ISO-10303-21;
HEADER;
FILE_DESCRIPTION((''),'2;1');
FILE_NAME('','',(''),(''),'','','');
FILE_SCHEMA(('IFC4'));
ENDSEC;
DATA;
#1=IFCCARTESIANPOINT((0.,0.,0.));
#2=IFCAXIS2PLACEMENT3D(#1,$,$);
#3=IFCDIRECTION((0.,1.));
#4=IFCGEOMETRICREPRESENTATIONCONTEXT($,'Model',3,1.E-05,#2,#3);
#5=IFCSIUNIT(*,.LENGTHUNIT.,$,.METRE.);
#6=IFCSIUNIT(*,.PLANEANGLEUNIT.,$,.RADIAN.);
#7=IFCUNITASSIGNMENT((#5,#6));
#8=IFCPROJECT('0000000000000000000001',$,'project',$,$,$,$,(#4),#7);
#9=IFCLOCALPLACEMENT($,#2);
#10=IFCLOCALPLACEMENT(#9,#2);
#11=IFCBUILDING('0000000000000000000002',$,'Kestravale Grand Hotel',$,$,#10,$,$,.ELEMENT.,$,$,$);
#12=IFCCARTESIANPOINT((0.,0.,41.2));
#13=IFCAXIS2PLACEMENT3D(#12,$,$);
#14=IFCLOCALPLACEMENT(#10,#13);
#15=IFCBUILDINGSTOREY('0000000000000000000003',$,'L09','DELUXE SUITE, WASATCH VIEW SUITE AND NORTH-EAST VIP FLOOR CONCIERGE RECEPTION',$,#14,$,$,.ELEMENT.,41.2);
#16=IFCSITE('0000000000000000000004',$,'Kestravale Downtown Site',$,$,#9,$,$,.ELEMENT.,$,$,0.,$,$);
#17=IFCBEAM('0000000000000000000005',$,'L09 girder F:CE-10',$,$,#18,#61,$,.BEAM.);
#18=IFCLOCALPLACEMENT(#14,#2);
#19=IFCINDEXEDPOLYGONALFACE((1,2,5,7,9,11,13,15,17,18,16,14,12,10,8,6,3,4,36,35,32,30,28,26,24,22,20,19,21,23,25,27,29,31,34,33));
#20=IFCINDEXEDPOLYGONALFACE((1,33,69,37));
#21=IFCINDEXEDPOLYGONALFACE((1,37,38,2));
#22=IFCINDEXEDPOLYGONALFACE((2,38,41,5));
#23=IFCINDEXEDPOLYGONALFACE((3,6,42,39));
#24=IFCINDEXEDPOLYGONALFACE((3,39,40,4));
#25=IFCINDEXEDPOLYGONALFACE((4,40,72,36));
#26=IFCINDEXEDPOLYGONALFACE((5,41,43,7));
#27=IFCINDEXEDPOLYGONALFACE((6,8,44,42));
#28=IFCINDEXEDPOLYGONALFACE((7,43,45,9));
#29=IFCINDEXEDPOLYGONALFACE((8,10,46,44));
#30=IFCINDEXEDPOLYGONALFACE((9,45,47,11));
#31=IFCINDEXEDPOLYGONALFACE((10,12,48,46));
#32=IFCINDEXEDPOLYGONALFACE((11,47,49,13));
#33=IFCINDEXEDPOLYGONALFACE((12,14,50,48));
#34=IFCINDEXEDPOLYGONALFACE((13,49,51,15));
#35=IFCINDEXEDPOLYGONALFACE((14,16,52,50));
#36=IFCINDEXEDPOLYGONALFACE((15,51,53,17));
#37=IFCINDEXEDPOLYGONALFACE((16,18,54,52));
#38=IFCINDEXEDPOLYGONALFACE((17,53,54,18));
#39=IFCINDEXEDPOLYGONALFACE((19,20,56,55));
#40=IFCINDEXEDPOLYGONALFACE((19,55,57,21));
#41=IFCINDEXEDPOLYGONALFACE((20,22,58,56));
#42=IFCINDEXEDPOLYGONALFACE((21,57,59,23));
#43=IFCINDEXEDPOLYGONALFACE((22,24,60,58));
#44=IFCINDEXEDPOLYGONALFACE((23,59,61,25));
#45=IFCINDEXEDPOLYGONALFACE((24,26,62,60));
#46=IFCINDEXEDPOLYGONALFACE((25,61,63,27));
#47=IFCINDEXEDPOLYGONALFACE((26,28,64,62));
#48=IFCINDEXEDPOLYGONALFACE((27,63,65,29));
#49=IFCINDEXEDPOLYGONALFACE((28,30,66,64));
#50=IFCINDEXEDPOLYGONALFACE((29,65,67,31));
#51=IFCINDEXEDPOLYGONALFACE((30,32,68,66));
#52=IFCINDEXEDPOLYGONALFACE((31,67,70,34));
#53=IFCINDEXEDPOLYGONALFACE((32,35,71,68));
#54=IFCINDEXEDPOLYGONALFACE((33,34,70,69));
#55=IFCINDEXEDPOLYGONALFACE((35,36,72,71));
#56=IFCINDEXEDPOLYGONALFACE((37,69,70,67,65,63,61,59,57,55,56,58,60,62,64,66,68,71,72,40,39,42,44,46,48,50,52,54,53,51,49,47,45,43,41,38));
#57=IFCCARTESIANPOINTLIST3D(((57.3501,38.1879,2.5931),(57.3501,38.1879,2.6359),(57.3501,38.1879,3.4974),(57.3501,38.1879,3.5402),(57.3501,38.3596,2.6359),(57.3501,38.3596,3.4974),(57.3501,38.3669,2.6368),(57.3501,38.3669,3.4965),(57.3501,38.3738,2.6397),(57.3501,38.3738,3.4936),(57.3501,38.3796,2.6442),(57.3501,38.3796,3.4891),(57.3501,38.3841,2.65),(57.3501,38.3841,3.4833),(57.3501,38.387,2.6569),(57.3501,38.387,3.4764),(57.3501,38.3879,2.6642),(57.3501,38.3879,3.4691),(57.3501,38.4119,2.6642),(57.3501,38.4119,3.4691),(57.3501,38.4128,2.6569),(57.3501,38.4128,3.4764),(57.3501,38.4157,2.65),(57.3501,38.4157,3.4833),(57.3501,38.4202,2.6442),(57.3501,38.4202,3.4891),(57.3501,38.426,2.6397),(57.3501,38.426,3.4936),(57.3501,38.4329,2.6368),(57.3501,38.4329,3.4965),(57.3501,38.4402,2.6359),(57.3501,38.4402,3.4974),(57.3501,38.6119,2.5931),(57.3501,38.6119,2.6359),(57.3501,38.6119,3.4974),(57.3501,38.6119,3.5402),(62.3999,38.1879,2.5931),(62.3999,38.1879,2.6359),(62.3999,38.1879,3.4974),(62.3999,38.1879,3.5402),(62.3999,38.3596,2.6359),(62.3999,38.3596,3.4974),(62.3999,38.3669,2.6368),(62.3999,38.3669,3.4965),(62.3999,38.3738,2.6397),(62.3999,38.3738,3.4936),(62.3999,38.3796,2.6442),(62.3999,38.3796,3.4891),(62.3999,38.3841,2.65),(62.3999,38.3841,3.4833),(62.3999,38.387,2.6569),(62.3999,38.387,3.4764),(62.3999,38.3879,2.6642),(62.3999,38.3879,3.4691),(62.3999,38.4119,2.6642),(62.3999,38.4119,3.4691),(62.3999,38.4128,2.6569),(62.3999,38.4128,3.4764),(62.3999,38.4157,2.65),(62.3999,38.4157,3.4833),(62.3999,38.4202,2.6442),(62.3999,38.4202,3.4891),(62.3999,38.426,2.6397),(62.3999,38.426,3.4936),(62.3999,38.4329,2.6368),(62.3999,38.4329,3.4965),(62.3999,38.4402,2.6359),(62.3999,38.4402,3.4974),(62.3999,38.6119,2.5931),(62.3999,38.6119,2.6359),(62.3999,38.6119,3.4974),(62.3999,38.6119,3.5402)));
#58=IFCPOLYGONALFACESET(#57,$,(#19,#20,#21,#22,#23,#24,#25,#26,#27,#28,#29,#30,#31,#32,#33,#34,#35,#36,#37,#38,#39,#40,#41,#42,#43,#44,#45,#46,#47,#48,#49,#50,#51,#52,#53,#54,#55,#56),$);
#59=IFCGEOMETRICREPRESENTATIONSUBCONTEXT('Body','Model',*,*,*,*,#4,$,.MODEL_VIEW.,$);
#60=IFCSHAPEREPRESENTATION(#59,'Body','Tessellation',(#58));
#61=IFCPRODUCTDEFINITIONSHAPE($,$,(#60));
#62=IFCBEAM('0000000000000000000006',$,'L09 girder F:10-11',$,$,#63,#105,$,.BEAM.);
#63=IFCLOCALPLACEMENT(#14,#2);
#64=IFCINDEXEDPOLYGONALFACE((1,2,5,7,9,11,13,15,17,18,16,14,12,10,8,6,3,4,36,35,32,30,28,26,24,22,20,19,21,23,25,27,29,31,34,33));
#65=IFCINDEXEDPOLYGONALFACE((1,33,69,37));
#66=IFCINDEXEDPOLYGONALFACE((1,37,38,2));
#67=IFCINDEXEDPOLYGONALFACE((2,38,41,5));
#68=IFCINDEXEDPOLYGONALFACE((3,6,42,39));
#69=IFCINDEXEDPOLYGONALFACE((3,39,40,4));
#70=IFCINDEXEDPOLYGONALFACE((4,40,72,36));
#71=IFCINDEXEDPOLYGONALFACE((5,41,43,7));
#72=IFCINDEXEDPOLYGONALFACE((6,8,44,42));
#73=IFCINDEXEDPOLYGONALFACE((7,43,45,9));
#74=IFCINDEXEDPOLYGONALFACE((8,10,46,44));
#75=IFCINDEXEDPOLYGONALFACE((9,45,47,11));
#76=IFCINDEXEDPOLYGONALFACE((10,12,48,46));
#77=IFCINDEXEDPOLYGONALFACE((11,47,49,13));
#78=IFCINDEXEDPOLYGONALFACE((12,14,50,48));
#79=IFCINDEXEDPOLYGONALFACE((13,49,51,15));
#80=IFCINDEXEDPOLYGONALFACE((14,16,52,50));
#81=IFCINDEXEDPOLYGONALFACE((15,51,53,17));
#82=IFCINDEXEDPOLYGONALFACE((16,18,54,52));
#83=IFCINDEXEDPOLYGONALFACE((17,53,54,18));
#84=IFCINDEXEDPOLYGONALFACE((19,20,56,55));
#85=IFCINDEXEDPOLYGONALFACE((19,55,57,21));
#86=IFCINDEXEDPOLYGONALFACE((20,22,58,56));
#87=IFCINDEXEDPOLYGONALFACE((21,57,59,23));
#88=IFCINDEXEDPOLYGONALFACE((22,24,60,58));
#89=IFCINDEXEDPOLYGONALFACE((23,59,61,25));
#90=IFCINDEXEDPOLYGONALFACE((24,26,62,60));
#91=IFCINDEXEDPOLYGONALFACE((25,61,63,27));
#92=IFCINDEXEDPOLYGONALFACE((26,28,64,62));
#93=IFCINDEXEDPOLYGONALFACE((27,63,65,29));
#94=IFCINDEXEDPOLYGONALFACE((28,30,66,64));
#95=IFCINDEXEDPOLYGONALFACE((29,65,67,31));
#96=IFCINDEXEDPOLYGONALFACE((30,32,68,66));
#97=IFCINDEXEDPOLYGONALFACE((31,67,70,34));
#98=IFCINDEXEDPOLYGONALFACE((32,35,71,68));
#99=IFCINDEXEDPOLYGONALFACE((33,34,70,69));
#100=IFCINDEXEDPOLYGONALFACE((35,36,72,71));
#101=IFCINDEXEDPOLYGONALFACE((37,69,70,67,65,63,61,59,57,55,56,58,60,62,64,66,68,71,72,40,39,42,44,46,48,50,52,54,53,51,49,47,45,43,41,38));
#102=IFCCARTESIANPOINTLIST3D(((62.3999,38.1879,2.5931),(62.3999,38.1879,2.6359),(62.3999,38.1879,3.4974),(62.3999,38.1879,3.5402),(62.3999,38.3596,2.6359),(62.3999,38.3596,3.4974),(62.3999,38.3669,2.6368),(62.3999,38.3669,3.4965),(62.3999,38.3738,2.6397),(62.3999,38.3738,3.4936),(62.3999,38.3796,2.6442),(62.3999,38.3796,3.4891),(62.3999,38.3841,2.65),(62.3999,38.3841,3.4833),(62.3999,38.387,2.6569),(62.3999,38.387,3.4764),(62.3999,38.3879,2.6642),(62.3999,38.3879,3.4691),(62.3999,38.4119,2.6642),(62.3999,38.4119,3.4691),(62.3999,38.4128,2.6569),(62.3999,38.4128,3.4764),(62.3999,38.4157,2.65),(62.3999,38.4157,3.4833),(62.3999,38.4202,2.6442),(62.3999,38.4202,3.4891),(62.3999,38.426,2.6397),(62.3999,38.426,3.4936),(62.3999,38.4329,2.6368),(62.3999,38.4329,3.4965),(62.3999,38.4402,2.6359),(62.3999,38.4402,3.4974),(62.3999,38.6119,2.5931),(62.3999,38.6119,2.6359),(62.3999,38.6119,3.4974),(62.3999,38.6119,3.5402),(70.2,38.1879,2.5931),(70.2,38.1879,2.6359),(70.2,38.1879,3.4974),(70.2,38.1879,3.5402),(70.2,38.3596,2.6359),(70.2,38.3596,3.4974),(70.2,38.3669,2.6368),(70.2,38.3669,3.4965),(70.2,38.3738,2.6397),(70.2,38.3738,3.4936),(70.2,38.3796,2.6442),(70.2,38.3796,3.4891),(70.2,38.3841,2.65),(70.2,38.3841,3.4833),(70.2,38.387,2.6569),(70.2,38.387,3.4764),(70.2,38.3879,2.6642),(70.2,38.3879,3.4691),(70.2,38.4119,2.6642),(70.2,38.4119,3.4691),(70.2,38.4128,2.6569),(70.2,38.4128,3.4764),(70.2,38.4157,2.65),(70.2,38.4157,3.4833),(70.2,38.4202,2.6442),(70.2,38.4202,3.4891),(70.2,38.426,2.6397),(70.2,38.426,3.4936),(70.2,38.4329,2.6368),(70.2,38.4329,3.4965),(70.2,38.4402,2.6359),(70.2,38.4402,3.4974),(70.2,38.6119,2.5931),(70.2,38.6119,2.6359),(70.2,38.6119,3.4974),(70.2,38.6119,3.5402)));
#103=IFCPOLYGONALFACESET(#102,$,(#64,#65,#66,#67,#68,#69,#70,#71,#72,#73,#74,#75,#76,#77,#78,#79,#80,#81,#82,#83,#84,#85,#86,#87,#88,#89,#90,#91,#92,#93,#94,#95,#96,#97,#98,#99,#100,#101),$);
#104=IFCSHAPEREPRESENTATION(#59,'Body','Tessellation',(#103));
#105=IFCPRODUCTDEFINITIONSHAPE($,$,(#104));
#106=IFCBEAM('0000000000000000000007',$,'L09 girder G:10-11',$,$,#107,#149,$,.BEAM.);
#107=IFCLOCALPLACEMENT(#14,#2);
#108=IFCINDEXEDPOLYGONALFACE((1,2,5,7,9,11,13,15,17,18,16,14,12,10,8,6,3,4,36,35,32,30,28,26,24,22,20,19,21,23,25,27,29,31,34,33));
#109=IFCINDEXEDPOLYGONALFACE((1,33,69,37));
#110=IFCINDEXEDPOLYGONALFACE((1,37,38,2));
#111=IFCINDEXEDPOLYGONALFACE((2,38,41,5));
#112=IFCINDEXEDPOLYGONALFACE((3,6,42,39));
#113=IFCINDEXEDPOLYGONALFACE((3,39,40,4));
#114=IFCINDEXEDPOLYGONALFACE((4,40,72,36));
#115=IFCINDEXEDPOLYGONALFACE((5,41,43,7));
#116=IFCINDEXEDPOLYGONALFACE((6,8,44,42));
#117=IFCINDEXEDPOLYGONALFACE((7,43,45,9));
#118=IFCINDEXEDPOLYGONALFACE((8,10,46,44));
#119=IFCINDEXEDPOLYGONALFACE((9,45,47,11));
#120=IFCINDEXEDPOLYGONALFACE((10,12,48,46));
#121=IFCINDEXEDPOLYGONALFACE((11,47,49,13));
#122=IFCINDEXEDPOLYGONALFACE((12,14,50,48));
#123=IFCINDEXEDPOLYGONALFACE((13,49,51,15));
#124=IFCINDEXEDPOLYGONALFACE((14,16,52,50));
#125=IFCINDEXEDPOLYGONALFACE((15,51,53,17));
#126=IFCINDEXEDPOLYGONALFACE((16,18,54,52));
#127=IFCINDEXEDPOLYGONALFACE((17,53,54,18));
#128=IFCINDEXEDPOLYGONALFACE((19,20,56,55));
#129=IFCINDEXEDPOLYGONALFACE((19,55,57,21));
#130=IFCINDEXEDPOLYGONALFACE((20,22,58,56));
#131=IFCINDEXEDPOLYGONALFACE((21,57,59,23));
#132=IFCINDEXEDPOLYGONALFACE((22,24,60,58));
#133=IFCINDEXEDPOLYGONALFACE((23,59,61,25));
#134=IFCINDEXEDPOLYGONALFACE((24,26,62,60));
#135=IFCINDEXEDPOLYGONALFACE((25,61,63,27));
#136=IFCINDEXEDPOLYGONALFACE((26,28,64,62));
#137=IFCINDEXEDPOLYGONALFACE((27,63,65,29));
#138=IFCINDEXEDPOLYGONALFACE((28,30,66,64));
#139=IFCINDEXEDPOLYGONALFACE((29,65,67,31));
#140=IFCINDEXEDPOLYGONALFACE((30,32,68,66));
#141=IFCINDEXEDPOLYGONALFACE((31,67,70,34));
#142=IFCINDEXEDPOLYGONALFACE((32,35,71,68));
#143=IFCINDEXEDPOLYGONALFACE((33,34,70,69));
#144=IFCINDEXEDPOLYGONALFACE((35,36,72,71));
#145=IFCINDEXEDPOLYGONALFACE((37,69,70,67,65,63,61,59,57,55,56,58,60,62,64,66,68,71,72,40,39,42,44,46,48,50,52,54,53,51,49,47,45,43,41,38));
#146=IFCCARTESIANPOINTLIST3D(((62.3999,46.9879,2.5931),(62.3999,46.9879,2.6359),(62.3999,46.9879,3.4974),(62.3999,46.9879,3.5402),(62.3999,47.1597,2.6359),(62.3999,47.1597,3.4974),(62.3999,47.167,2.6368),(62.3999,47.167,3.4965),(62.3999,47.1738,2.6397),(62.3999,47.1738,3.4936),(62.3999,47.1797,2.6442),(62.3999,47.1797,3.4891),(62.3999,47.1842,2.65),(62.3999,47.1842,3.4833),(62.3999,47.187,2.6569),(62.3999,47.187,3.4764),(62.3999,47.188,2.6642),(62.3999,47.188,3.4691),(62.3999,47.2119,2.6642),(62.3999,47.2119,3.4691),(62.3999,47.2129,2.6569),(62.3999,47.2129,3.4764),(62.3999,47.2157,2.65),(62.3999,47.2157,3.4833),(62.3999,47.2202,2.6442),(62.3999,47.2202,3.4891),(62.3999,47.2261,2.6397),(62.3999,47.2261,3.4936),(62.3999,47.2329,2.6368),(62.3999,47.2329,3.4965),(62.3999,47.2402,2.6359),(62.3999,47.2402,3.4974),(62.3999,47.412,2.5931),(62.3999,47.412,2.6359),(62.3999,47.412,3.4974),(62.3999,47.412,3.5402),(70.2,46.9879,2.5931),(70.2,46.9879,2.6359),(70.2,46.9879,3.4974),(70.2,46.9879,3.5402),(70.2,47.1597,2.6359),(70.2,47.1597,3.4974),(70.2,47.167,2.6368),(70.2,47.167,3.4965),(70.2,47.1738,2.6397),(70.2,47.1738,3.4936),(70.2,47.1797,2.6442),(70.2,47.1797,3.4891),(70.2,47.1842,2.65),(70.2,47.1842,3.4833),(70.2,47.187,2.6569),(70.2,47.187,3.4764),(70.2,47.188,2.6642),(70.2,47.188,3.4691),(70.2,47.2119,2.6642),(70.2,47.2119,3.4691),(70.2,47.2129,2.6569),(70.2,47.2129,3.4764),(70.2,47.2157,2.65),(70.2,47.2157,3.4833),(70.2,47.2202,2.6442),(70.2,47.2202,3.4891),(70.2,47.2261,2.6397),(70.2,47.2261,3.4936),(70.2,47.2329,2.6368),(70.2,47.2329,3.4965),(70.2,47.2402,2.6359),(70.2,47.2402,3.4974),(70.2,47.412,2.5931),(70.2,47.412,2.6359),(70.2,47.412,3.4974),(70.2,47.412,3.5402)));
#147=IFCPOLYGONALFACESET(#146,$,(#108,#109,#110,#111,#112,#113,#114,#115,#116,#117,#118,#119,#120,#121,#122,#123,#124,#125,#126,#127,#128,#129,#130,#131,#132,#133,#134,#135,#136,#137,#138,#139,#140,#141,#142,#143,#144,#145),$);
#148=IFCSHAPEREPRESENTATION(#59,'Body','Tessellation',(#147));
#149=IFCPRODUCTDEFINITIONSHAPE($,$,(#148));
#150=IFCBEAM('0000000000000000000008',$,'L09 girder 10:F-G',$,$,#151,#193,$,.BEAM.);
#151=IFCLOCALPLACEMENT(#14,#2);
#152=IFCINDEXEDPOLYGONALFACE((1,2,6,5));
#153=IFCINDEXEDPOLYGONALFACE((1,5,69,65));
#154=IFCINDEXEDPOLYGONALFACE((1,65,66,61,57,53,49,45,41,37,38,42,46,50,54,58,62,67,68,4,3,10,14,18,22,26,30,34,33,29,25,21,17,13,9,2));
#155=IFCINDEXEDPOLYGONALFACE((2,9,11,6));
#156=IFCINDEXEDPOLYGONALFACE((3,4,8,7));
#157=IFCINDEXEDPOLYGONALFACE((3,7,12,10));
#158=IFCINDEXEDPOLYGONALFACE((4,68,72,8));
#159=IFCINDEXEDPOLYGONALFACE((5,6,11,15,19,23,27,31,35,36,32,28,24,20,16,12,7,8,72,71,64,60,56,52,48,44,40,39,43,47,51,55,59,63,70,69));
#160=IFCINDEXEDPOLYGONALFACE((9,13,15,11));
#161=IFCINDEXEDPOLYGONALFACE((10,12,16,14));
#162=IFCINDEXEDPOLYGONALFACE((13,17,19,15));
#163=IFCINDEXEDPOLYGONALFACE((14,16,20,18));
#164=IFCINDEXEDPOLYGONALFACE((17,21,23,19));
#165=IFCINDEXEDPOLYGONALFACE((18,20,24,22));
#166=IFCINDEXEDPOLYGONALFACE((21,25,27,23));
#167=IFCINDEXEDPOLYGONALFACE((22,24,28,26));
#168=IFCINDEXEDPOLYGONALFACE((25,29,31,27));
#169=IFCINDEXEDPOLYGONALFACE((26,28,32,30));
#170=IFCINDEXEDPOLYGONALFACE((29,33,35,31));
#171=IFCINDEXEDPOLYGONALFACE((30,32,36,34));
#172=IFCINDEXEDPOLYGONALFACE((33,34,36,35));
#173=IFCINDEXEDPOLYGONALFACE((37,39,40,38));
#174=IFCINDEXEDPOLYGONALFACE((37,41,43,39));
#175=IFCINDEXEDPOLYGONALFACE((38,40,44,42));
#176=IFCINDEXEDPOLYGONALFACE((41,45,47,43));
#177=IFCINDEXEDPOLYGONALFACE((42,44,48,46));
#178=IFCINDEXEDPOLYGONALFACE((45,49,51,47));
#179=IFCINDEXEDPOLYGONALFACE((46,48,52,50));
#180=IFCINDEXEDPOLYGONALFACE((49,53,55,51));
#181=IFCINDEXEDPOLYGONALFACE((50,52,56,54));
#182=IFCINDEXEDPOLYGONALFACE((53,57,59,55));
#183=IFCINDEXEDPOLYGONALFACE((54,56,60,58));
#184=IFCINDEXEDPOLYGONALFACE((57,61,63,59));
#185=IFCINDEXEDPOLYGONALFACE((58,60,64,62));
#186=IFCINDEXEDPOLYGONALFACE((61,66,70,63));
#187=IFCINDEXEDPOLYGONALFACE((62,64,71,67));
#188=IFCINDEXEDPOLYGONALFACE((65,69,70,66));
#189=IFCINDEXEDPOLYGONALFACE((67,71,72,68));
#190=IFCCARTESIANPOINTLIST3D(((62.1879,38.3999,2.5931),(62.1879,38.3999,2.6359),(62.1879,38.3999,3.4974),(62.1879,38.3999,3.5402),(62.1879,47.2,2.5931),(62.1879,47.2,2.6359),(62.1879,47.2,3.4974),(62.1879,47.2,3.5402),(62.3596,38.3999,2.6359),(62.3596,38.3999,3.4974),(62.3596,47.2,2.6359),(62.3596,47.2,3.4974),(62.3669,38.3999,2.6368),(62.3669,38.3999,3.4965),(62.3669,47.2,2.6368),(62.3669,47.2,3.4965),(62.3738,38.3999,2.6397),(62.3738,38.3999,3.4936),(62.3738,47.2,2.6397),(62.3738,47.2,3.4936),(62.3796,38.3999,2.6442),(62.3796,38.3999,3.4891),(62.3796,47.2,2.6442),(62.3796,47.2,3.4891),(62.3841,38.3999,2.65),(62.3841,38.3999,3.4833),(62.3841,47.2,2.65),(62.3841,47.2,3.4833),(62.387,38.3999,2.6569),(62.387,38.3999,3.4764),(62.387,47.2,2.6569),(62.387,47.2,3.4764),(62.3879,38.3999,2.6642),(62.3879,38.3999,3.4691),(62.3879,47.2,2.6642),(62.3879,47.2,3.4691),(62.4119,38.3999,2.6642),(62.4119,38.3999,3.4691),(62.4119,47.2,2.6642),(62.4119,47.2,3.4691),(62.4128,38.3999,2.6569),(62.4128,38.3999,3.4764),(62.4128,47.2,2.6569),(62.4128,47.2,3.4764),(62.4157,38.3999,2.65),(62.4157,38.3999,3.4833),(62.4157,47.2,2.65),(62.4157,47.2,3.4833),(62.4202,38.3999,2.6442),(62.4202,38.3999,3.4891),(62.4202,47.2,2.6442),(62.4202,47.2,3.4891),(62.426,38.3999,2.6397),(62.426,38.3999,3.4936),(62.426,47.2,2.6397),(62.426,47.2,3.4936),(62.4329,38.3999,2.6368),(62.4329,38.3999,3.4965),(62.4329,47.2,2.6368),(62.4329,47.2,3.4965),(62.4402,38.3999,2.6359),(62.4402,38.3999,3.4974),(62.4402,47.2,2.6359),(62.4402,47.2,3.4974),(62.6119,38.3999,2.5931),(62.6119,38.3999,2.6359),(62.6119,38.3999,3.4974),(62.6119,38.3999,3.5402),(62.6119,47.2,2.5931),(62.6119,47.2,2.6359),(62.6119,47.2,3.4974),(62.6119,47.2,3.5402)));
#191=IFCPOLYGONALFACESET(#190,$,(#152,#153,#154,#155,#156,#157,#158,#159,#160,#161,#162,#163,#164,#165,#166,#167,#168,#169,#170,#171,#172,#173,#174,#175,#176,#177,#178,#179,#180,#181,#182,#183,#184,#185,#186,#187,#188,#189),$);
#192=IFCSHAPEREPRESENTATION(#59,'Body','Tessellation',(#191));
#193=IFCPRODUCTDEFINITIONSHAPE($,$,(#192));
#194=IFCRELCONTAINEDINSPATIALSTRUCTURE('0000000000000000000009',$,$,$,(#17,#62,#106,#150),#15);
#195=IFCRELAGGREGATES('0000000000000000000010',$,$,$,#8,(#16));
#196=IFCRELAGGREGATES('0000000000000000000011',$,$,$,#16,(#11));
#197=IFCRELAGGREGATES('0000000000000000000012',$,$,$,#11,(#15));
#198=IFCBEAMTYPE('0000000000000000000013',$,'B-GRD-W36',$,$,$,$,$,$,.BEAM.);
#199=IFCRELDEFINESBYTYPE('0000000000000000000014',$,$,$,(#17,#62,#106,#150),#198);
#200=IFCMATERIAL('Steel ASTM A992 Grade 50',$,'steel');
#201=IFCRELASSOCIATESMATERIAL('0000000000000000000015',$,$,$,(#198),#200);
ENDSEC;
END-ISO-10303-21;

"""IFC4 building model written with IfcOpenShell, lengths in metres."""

from ifc_helpers import new_model, si_unit, direction, frame, origin, origin_2d, place, context, subcontext, project, spatial, i_section, extrude, material, material_profile, profile_set, type_object, element, save


model = new_model("IFC4")

# Units and contexts
model_context = context("Model", 3, precision=1e-05, world=origin(), true_north=direction((0.0, 1.0)))
body_context = subcontext(model_context, "Body", "Model", "MODEL_VIEW")
ifc_project = project(units=[si_unit("LENGTHUNIT", "METRE"), si_unit("PLANEANGLEUNIT", "RADIAN")], contexts=[model_context])

# Site, building, storey
site_placement = place(None, origin())
site = spatial("IfcSite", under=ifc_project, at=site_placement, Name="Kestravale Downtown Site", CompositionType="ELEMENT", RefElevation=0.0)
building_placement = place(site_placement, origin())
building = spatial("IfcBuilding", under=site, at=building_placement, Name="Kestravale Grand Hotel", CompositionType="ELEMENT")
storey_placement = place(building_placement, frame((0.0, 0.0, 41.2)))
storey = spatial("IfcBuildingStorey", under=building, at=storey_placement, Name="L09", Description="DELUXE SUITE, WASATCH VIEW SUITE AND NORTH-EAST VIP FLOOR CONCIERGE RECEPTION", CompositionType="ELEMENT", Elevation=41.2)

# Beams
ifc_material_1 = material(Name="Steel ASTM A992 Grade 50", Category="steel")
ifc_material_profile_1 = material_profile(ifc_material_1, i_section(OverallWidth=0.4241, OverallDepth=0.947, WebThickness=0.0239, FlangeThickness=0.0427, FilletRadius=0.0283, at=origin_2d()))
ifc_profile_set_1 = profile_set([ifc_material_profile_1], Name="Steel ASTM A992 Grade 50")
beam_type_1 = type_object("IfcBeamType", Name="B-GRD-W36", PredefinedType="BEAM", material=ifc_profile_set_1)
beam_1_placement = place(storey_placement, frame((57.3501, 38.3999, 3.0667), z_axis=(1.0, 0.0, 0.0), x_axis=(0.0, 1.0, 0.0)))
element("IfcBeam", 1, at=beam_1_placement, inside=storey, type_object=beam_type_1, Name="L09 girder F:CE-10", PredefinedType="BEAM", context=body_context, shape_type="SweptSolid", body=[
    extrude(i_section(OverallWidth=0.4241, OverallDepth=0.947, WebThickness=0.0239, FlangeThickness=0.0427, FilletRadius=0.0283, at=origin_2d()), origin(), (0.0, 0.0, 1.0), 5.0498),
])
for number, where, z_axis, x_axis, name in (
    (2, (62.3999, 38.3999, 3.0667), (1.0, 0.0, 0.0), (0.0, 1.0, 0.0), "L09 girder F:10-11"),
    (3, (62.3999, 47.2, 3.0667), (1.0, 0.0, 0.0), (0.0, 1.0, 0.0), "L09 girder G:10-11"),
):
    element("IfcBeam", number, at=place(storey_placement, frame(where, z_axis=z_axis, x_axis=x_axis)), inside=storey, type_object=beam_type_1, Name=name, PredefinedType="BEAM", context=body_context, shape_type="SweptSolid", body=[
        extrude(i_section(OverallWidth=0.4241, OverallDepth=0.947, WebThickness=0.0239, FlangeThickness=0.0427, FilletRadius=0.0283, at=origin_2d()), origin(), (0.0, 0.0, 1.0), 7.8),
    ])
beam_2_placement = place(storey_placement, frame((62.3999, 38.3999, 3.0667), z_axis=(0.0, 1.0, 0.0), x_axis=(-1.0, 0.0, 0.0)))
element("IfcBeam", 4, at=beam_2_placement, inside=storey, type_object=beam_type_1, Name="L09 girder 10:F-G", PredefinedType="BEAM", context=body_context, shape_type="SweptSolid", body=[
    extrude(i_section(OverallWidth=0.4241, OverallDepth=0.947, WebThickness=0.0239, FlangeThickness=0.0427, FilletRadius=0.0283, at=origin_2d()), origin(), (0.0, 0.0, 1.0), 8.8),
])

save(model, "model.ifc")
